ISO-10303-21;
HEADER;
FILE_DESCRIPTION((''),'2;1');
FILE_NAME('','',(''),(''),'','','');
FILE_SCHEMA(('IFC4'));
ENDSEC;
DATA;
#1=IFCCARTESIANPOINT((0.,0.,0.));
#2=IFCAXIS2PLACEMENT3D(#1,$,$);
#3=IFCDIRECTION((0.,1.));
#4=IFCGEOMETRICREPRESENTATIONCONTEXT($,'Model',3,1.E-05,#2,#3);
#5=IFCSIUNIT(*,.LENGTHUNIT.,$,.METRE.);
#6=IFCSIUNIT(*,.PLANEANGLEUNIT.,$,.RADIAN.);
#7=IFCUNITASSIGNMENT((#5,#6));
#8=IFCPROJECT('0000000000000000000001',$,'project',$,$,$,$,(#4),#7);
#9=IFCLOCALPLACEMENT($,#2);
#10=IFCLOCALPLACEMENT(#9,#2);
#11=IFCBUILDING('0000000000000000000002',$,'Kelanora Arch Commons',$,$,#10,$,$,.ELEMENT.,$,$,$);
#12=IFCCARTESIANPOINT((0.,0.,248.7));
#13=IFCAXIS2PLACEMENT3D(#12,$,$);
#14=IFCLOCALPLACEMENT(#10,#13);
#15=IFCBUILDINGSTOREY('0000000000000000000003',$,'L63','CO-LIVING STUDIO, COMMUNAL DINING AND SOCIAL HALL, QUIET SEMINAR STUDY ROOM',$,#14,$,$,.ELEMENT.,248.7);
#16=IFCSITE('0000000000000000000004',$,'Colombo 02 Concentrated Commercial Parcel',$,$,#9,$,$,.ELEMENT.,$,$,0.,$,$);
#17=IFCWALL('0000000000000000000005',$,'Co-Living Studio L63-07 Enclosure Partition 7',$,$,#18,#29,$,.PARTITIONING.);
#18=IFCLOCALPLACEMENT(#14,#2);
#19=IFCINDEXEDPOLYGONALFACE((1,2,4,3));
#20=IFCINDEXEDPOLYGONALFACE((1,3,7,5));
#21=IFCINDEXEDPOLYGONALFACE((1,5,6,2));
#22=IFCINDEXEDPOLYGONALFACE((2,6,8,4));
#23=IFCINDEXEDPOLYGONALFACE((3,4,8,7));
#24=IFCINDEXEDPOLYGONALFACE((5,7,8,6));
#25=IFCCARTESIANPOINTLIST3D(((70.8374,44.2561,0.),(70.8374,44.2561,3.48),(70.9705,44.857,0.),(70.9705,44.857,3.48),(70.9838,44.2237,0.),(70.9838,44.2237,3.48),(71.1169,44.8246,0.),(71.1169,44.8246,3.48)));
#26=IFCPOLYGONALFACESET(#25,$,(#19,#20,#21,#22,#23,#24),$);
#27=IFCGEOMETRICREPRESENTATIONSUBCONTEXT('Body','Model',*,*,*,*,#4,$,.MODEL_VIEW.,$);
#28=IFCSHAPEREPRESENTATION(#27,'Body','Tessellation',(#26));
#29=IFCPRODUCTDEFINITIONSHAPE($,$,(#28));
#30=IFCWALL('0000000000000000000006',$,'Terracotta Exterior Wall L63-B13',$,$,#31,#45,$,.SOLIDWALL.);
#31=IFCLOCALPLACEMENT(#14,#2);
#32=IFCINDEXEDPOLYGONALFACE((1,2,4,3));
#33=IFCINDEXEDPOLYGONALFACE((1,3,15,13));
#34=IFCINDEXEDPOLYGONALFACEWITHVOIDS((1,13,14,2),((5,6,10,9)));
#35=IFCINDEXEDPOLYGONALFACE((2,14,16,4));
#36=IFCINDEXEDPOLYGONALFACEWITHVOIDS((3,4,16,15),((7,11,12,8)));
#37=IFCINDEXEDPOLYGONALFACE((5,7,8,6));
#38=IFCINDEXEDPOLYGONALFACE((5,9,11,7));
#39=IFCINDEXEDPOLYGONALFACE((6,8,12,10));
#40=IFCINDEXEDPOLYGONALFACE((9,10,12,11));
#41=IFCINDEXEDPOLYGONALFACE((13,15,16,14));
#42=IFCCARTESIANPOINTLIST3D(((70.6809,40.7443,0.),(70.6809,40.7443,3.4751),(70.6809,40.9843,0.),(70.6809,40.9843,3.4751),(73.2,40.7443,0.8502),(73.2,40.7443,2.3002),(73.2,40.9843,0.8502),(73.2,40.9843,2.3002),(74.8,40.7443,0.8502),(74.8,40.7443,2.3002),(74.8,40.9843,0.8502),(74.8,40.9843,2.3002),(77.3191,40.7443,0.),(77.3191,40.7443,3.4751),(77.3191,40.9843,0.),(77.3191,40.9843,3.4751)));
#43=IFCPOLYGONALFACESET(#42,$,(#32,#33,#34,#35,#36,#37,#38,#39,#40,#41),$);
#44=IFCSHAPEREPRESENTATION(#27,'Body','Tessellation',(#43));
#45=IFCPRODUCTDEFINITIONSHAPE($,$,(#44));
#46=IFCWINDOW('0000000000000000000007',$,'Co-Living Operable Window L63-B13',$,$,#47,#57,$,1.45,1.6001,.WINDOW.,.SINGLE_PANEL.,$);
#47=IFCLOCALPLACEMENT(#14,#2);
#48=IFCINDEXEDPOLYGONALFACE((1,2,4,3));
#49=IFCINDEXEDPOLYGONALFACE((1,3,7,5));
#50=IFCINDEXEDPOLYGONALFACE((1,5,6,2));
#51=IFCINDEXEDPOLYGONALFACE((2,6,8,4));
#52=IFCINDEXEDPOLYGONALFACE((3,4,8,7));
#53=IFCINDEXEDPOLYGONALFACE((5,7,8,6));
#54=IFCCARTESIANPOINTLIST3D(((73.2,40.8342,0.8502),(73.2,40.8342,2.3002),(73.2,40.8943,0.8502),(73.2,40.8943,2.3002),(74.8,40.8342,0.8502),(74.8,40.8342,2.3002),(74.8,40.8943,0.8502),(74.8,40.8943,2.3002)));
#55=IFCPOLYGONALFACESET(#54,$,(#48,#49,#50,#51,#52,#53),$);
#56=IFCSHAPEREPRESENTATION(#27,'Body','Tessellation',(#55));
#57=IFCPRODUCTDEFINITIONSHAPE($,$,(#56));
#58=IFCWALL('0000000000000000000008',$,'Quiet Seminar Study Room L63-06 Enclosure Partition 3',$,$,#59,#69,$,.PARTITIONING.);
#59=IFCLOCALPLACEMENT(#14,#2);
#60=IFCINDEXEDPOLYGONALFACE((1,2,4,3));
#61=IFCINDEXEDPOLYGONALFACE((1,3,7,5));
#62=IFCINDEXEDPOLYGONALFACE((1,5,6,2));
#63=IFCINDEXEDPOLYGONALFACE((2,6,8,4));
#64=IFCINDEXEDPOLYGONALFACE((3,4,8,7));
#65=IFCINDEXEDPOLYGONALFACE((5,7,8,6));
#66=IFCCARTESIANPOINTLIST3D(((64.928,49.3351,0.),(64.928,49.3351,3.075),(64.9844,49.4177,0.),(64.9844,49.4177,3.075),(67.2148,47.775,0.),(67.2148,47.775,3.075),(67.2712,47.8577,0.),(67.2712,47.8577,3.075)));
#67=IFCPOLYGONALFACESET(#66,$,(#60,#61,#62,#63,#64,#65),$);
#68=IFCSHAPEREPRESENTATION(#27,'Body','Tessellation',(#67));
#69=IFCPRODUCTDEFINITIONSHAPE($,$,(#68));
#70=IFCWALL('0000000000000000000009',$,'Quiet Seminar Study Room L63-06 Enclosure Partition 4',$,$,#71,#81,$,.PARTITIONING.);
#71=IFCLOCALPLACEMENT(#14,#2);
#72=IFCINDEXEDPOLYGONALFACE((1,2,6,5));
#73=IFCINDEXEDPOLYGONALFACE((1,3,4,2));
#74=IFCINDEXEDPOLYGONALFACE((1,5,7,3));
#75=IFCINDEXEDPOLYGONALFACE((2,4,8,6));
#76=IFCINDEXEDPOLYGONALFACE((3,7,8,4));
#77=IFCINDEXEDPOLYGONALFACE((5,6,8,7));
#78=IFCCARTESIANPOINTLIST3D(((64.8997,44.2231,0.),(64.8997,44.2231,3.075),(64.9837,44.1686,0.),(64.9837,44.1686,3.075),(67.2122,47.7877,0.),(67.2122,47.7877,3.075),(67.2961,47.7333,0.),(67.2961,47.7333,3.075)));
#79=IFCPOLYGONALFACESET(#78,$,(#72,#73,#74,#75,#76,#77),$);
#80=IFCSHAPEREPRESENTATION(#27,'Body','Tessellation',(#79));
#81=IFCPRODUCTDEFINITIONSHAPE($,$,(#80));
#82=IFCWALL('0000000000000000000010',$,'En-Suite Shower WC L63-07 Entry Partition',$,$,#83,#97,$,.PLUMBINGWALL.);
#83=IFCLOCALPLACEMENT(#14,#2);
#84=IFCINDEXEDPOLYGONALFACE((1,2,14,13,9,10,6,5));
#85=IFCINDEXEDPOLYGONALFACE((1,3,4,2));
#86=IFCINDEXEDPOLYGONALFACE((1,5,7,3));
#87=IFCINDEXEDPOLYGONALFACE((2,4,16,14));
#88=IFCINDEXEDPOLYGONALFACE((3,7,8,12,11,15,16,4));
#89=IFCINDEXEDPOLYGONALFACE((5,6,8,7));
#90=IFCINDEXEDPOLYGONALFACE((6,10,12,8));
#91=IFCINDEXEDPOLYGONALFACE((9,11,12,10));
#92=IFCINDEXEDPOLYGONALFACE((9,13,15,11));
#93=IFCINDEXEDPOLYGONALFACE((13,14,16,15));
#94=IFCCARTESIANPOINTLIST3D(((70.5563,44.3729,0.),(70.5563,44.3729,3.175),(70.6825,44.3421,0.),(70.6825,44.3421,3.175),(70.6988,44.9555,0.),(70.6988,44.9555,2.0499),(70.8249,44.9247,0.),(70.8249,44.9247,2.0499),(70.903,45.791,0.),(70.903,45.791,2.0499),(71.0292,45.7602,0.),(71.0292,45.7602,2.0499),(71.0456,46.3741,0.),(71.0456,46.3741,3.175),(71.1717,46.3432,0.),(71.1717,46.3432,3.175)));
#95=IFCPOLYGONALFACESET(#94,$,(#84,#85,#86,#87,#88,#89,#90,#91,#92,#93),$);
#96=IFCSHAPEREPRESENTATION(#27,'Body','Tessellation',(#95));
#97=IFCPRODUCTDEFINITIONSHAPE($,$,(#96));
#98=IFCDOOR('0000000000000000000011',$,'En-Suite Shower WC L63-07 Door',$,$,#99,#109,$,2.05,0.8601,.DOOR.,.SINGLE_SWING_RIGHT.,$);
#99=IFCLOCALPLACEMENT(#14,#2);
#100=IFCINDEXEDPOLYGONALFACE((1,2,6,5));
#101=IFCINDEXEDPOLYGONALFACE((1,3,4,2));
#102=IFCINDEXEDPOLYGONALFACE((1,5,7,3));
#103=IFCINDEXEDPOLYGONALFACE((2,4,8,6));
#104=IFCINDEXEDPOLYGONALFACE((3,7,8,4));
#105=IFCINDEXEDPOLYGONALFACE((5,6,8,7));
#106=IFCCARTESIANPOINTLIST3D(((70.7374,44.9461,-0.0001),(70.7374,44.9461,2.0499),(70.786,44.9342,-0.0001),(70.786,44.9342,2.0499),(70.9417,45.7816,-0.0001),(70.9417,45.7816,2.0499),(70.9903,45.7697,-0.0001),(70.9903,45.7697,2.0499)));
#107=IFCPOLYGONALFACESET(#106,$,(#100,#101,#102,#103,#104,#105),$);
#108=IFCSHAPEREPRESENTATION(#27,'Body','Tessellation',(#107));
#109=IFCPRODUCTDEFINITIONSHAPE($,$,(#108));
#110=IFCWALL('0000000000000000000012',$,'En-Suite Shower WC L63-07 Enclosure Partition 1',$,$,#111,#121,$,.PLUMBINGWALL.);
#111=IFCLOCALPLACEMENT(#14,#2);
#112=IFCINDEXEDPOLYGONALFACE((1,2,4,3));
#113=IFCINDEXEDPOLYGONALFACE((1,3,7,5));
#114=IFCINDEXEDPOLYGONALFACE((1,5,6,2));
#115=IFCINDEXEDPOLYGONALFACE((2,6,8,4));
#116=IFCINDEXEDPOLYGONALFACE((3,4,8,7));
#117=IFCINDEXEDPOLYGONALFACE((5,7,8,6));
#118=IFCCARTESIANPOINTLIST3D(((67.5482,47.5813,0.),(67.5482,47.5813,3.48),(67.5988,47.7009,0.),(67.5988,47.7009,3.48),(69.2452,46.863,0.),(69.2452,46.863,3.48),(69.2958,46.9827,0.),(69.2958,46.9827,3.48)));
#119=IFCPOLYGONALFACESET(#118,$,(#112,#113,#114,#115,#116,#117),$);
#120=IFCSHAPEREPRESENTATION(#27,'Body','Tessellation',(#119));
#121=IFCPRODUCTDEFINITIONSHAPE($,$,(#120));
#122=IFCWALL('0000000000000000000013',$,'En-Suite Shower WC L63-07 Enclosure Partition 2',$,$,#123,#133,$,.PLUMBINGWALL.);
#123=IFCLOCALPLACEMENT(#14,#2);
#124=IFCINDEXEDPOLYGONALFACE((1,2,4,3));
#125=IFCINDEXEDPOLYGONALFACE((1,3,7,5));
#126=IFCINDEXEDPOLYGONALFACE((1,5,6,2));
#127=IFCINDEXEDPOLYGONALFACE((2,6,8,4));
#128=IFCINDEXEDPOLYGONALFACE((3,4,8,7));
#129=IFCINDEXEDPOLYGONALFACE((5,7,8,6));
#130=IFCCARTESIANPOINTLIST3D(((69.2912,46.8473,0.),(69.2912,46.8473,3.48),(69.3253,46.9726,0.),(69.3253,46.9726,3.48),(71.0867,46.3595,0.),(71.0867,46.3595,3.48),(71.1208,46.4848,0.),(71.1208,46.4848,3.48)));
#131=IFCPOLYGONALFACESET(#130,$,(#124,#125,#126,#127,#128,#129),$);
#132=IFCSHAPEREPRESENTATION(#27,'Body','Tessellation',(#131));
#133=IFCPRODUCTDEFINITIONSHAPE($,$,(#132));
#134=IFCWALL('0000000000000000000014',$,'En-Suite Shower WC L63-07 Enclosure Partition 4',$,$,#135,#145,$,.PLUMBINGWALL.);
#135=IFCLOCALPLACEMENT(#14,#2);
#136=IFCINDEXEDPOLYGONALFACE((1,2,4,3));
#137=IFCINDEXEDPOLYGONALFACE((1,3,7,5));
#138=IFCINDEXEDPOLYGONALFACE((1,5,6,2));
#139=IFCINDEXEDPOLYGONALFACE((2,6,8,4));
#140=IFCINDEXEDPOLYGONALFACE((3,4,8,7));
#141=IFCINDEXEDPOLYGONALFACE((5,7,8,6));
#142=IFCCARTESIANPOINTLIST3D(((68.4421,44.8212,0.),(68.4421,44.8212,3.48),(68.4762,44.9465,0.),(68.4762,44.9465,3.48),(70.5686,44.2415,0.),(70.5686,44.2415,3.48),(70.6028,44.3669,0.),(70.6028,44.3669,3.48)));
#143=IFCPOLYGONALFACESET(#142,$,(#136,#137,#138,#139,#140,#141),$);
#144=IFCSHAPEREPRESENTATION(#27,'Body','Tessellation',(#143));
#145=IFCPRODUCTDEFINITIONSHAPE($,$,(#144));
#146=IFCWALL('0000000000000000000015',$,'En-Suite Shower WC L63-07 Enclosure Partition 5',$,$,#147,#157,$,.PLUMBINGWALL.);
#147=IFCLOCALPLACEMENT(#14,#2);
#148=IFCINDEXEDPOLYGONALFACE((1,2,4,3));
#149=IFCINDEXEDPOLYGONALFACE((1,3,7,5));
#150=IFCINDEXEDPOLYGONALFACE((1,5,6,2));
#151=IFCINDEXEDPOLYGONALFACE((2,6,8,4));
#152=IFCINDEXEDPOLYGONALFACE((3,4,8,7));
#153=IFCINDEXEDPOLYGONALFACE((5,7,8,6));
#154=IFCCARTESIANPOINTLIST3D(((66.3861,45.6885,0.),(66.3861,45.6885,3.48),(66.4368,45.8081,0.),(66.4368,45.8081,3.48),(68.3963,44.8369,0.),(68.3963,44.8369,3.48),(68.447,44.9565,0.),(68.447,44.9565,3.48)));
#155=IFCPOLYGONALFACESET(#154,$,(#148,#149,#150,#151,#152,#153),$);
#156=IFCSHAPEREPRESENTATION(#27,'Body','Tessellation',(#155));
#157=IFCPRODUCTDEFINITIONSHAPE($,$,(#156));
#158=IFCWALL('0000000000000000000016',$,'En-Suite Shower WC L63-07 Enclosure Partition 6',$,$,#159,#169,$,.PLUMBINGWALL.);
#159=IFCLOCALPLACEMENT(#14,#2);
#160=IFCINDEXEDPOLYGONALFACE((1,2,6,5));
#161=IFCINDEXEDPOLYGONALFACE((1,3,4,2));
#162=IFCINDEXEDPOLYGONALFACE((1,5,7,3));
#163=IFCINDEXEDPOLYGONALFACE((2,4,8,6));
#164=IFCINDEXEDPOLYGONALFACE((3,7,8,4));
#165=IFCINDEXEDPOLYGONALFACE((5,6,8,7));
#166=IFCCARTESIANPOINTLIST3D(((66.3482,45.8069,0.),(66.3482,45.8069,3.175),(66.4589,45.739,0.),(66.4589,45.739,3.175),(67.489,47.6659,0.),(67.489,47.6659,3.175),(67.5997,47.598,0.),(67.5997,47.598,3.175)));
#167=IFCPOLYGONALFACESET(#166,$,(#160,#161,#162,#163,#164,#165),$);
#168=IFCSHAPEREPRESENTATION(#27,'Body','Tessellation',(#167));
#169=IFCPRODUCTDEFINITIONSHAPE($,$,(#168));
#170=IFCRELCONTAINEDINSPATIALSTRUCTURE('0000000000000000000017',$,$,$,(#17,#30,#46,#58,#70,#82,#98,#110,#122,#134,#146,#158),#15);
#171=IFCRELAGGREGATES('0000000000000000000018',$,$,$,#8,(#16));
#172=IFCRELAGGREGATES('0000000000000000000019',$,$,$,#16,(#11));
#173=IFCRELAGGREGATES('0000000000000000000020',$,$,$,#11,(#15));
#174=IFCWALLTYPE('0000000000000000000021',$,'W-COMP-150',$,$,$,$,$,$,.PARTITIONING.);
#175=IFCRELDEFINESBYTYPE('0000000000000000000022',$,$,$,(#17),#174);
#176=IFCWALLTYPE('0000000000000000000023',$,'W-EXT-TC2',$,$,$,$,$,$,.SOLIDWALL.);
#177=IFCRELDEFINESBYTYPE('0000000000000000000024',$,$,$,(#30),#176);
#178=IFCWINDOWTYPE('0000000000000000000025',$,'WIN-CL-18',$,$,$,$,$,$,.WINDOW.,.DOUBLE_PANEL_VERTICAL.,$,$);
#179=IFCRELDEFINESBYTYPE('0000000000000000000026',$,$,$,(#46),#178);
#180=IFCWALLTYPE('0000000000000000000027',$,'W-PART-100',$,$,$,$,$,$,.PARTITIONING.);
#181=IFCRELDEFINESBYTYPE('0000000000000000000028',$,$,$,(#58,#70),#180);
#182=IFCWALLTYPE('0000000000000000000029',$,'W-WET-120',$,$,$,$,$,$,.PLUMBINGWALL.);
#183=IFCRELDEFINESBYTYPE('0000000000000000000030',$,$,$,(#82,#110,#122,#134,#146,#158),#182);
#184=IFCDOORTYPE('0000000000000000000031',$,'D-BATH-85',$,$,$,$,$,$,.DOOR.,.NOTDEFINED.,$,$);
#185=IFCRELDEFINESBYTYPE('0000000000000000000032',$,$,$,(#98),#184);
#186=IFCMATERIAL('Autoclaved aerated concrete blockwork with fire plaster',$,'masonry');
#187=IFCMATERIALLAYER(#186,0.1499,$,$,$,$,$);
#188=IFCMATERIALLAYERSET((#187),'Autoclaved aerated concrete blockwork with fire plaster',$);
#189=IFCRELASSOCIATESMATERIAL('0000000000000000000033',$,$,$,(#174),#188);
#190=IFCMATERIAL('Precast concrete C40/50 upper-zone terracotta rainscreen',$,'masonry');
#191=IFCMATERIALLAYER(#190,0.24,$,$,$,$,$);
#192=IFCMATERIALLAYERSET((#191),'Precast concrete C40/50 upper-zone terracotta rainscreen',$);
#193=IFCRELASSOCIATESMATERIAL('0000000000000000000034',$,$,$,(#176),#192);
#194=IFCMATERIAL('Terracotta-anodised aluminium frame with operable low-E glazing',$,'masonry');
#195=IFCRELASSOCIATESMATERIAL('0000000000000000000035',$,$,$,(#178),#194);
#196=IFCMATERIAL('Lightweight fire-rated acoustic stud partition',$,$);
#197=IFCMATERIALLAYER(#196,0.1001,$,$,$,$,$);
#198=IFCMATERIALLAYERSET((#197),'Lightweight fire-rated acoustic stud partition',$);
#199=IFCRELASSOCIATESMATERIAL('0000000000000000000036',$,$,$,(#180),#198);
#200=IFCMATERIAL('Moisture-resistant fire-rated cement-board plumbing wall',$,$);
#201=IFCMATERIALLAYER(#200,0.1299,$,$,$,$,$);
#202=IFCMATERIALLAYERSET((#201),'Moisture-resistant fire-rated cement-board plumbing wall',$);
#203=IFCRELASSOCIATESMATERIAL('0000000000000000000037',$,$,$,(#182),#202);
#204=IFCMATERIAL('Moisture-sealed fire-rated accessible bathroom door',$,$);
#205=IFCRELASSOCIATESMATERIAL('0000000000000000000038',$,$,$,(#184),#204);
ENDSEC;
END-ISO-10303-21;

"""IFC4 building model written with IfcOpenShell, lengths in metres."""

from ifc_helpers import new_model, si_unit, direction, frame, frame_2d, origin, place, context, subcontext, project, spatial, rectangle, extrude, material, layer, layer_set, type_object, element, fill, save


model = new_model("IFC4")

# Units and contexts
model_context = context("Model", 3, precision=1e-05, world=origin(), true_north=direction((0.0, 1.0)))
body_context = subcontext(model_context, "Body", "Model", "MODEL_VIEW")
ifc_project = project(units=[si_unit("LENGTHUNIT", "METRE"), si_unit("PLANEANGLEUNIT", "RADIAN")], contexts=[model_context])

# Site, building, storey
site_placement = place(None, origin())
site = spatial("IfcSite", under=ifc_project, at=site_placement, Name="Colombo 02 Concentrated Commercial Parcel", CompositionType="ELEMENT", RefElevation=0.0)
building_placement = place(site_placement, origin())
building = spatial("IfcBuilding", under=site, at=building_placement, Name="Kelanora Arch Commons", CompositionType="ELEMENT")
storey_placement = place(building_placement, frame((0.0, 0.0, 248.7)))
storey = spatial("IfcBuildingStorey", under=building, at=storey_placement, Name="L63", Description="CO-LIVING STUDIO, COMMUNAL DINING AND SOCIAL HALL, QUIET SEMINAR STUDY ROOM", CompositionType="ELEMENT", Elevation=248.7)

# Shared definitions
ifc_material_1 = material(Name="Autoclaved aerated concrete blockwork with fire plaster", Category="masonry")
ifc_layer_1 = layer(ifc_material_1, 0.1499)
ifc_layer_set_1 = layer_set([ifc_layer_1], Name="Autoclaved aerated concrete blockwork with fire plaster")
wall_type_1 = type_object("IfcWallType", Name="W-COMP-150", PredefinedType="PARTITIONING", material=ifc_layer_set_1)

# Wall
wall_1_placement = place(storey_placement, frame((70.9106, 44.24, 0.0), z_axis=(0.0, 0.0, 1.0), x_axis=(0.216216, 0.976345, 0.0)))
element("IfcWall", 1, at=wall_1_placement, inside=storey, type_object=wall_type_1, Name="Co-Living Studio L63-07 Enclosure Partition 7", PredefinedType="PARTITIONING", context=body_context, shape_type="SweptSolid", body=[
    extrude(rectangle(XDim=0.6155, YDim=0.1499, at=frame_2d((0.3076, 0.0))), origin(), (0.0, 0.0, 1.0), 3.48),
])

# Wall, opening, window
ifc_material_2 = material(Name="Precast concrete C40/50 upper-zone terracotta rainscreen", Category="masonry")
ifc_layer_2 = layer(ifc_material_2, 0.24)
ifc_layer_set_2 = layer_set([ifc_layer_2], Name="Precast concrete C40/50 upper-zone terracotta rainscreen")
wall_type_2 = type_object("IfcWallType", Name="W-EXT-TC2", PredefinedType="SOLIDWALL", material=ifc_layer_set_2)
wall_2_placement = place(storey_placement, frame((70.6809, 40.8643, 0.0), z_axis=(0.0, 0.0, 1.0), x_axis=(1.0, 0.0, 0.0)))
wall_2 = element("IfcWall", 2, at=wall_2_placement, inside=storey, type_object=wall_type_2, Name="Terracotta Exterior Wall L63-B13", PredefinedType="SOLIDWALL", context=body_context, shape_type="SweptSolid", body=[
    extrude(rectangle(XDim=6.6382, YDim=0.24, at=frame_2d((3.3191, 0.0))), origin(), (0.0, 0.0, 1.0), 3.4751),
])
opening_1_placement = place(wall_2_placement, frame((2.519, 0.0, 0.8501)))
opening_1 = element("IfcOpeningElement", 3, at=opening_1_placement, cuts=wall_2, PredefinedType="OPENING", context=body_context, shape_type="SweptSolid", body=[
    extrude(rectangle(XDim=1.6001, YDim=1.45, at=frame_2d((0.8, 0.7251))), frame((0.0, 0.1299, 0.0), z_axis=(0.0, -1.0, 0.0), x_axis=(1.0, 0.0, 0.0)), (0.0, 0.0, 1.0), 0.26),
])
ifc_material_3 = material(Name="Terracotta-anodised aluminium frame with operable low-E glazing", Category="masonry")
window_type = type_object("IfcWindowType", Name="WIN-CL-18", PartitioningType="DOUBLE_PANEL_VERTICAL", PredefinedType="WINDOW", material=ifc_material_3)
window_placement = place(opening_1_placement, origin())
window = element("IfcWindow", 4, at=window_placement, inside=storey, type_object=window_type, Name="Co-Living Operable Window L63-B13", OverallHeight=1.45, OverallWidth=1.6001, PartitioningType="SINGLE_PANEL", PredefinedType="WINDOW", context=body_context, shape_type="SweptSolid", body=[
    extrude(rectangle(XDim=1.6001, YDim=1.45, at=frame_2d((0.8, 0.7251))), frame((0.0, 0.03, 0.0), z_axis=(0.0, -1.0, 0.0), x_axis=(1.0, 0.0, 0.0)), (0.0, 0.0, 1.0), 0.0601),
])
fill(opening_1, window)

# Walls
ifc_material_4 = material(Name="Lightweight fire-rated acoustic stud partition")
ifc_layer_3 = layer(ifc_material_4, 0.1001)
ifc_layer_set_3 = layer_set([ifc_layer_3], Name="Lightweight fire-rated acoustic stud partition")
wall_type_3 = type_object("IfcWallType", Name="W-PART-100", PredefinedType="PARTITIONING", material=ifc_layer_set_3)
wall_3_placement = place(storey_placement, frame((64.9561, 49.3765, 0.0), z_axis=(0.0, 0.0, 1.0), x_axis=(0.826087, -0.563542, 0.0)))
element("IfcWall", 5, at=wall_3_placement, inside=storey, type_object=wall_type_3, Name="Quiet Seminar Study Room L63-06 Enclosure Partition 3", PredefinedType="PARTITIONING", context=body_context, shape_type="SweptSolid", body=[
    extrude(rectangle(XDim=2.7683, YDim=0.1001, at=frame_2d((1.3843, 0.0))), origin(), (0.0, 0.0, 1.0), 3.075),
])
wall_4_placement = place(storey_placement, frame((67.2542, 47.7605, 0.0), z_axis=(0.0, 0.0, 1.0), x_axis=(-0.544235, -0.838933, 0.0)))
element("IfcWall", 6, at=wall_4_placement, inside=storey, type_object=wall_type_3, Name="Quiet Seminar Study Room L63-06 Enclosure Partition 4", PredefinedType="PARTITIONING", context=body_context, shape_type="SweptSolid", body=[
    extrude(rectangle(XDim=4.249, YDim=0.1001, at=frame_2d((2.1245, 0.0))), origin(), (0.0, 0.0, 1.0), 3.075),
])

# Wall, opening, door
ifc_material_5 = material(Name="Moisture-resistant fire-rated cement-board plumbing wall")
ifc_layer_4 = layer(ifc_material_5, 0.1299)
ifc_layer_set_4 = layer_set([ifc_layer_4], Name="Moisture-resistant fire-rated cement-board plumbing wall")
wall_type_4 = type_object("IfcWallType", Name="W-WET-120", PredefinedType="PLUMBINGWALL", material=ifc_layer_set_4)
wall_5_placement = place(storey_placement, frame((71.1086, 46.3586, 0.0), z_axis=(0.0, 0.0, 1.0), x_axis=(-0.237485, -0.971391, 0.0)))
wall_5 = element("IfcWall", 7, at=wall_5_placement, inside=storey, type_object=wall_type_4, Name="En-Suite Shower WC L63-07 Entry Partition", PredefinedType="PLUMBINGWALL", context=body_context, shape_type="SweptSolid", body=[
    extrude(rectangle(XDim=2.0601, YDim=0.1299, at=frame_2d((1.03, 0.0))), origin(), (0.0, 0.0, 1.0), 3.175),
])
opening_2_placement = place(wall_5_placement, frame((0.6001, 0.0, 0.0)))
opening_2 = element("IfcOpeningElement", 8, at=opening_2_placement, cuts=wall_5, PredefinedType="OPENING", context=body_context, shape_type="SweptSolid", body=[
    extrude(rectangle(XDim=0.8601, YDim=2.05, at=frame_2d((0.4302, 1.0249))), frame((0.0, 0.075, 0.0), z_axis=(0.0, -1.0, 0.0), x_axis=(1.0, 0.0, 0.0)), (0.0, 0.0, 1.0), 0.1499),
])
ifc_material_6 = material(Name="Moisture-sealed fire-rated accessible bathroom door")
door_type_1 = type_object("IfcDoorType", Name="D-BATH-85", OperationType="NOTDEFINED", PredefinedType="DOOR", material=ifc_material_6)
door_1_placement = place(opening_2_placement, origin())
door_1 = element("IfcDoor", 9, at=door_1_placement, inside=storey, type_object=door_type_1, Name="En-Suite Shower WC L63-07 Door", OperationType="SINGLE_SWING_RIGHT", OverallHeight=2.05, OverallWidth=0.8601, PredefinedType="DOOR", context=body_context, shape_type="SweptSolid", body=[
    extrude(rectangle(XDim=0.8601, YDim=2.05, at=frame_2d((0.4302, 1.0249))), frame((0.0, 0.0249, 0.0), z_axis=(0.0, -1.0, 0.0), x_axis=(1.0, 0.0, 0.0)), (0.0, 0.0, 1.0), 0.05),
])
fill(opening_2, door_1)

# Walls
wall_6_placement = place(storey_placement, frame((67.5735, 47.6411, 0.0), z_axis=(0.0, 0.0, 1.0), x_axis=(0.920911, -0.389774, 0.0)))
element("IfcWall", 10, at=wall_6_placement, inside=storey, type_object=wall_type_4, Name="En-Suite Shower WC L63-07 Enclosure Partition 1", PredefinedType="PLUMBINGWALL", context=body_context, shape_type="SweptSolid", body=[
    extrude(rectangle(XDim=1.8428, YDim=0.1299, at=frame_2d((0.9214, 0.0))), origin(), (0.0, 0.0, 1.0), 3.48),
])
wall_7_placement = place(storey_placement, frame((69.3083, 46.9099, 0.0), z_axis=(0.0, 0.0, 1.0), x_axis=(0.965018, -0.262185, 0.0)))
element("IfcWall", 11, at=wall_7_placement, inside=storey, type_object=wall_type_4, Name="En-Suite Shower WC L63-07 Enclosure Partition 2", PredefinedType="PLUMBINGWALL", context=body_context, shape_type="SweptSolid", body=[
    extrude(rectangle(XDim=1.8606, YDim=0.1299, at=frame_2d((0.9302, 0.0))), origin(), (0.0, 0.0, 1.0), 3.48),
])
wall_8_placement = place(storey_placement, frame((70.5857, 44.3042, 0.0), z_axis=(0.0, 0.0, 1.0), x_axis=(-0.964805, 0.262967, 0.0)))
element("IfcWall", 12, at=wall_8_placement, inside=storey, type_object=wall_type_4, Name="En-Suite Shower WC L63-07 Enclosure Partition 4", PredefinedType="PLUMBINGWALL", context=body_context, shape_type="SweptSolid", body=[
    extrude(rectangle(XDim=2.2041, YDim=0.1299, at=frame_2d((1.1021, 0.0))), origin(), (0.0, 0.0, 1.0), 3.48),
])
wall_9_placement = place(storey_placement, frame((68.4216, 44.8967, 0.0), z_axis=(0.0, 0.0, 1.0), x_axis=(-0.920791, 0.390056, 0.0)))
element("IfcWall", 13, at=wall_9_placement, inside=storey, type_object=wall_type_4, Name="En-Suite Shower WC L63-07 Enclosure Partition 5", PredefinedType="PLUMBINGWALL", context=body_context, shape_type="SweptSolid", body=[
    extrude(rectangle(XDim=2.1831, YDim=0.1299, at=frame_2d((1.0916, 0.0))), origin(), (0.0, 0.0, 1.0), 3.48),
])
wall_10_placement = place(storey_placement, frame((66.4036, 45.7729, 0.0), z_axis=(0.0, 0.0, 1.0), x_axis=(0.523029, 0.852315, 0.0)))
element("IfcWall", 14, at=wall_10_placement, inside=storey, type_object=wall_type_4, Name="En-Suite Shower WC L63-07 Enclosure Partition 6", PredefinedType="PLUMBINGWALL", context=body_context, shape_type="SweptSolid", body=[
    extrude(rectangle(XDim=2.1812, YDim=0.1299, at=frame_2d((1.0906, 0.0))), origin(), (0.0, 0.0, 1.0), 3.175),
])

save(model, "model.ifc")
